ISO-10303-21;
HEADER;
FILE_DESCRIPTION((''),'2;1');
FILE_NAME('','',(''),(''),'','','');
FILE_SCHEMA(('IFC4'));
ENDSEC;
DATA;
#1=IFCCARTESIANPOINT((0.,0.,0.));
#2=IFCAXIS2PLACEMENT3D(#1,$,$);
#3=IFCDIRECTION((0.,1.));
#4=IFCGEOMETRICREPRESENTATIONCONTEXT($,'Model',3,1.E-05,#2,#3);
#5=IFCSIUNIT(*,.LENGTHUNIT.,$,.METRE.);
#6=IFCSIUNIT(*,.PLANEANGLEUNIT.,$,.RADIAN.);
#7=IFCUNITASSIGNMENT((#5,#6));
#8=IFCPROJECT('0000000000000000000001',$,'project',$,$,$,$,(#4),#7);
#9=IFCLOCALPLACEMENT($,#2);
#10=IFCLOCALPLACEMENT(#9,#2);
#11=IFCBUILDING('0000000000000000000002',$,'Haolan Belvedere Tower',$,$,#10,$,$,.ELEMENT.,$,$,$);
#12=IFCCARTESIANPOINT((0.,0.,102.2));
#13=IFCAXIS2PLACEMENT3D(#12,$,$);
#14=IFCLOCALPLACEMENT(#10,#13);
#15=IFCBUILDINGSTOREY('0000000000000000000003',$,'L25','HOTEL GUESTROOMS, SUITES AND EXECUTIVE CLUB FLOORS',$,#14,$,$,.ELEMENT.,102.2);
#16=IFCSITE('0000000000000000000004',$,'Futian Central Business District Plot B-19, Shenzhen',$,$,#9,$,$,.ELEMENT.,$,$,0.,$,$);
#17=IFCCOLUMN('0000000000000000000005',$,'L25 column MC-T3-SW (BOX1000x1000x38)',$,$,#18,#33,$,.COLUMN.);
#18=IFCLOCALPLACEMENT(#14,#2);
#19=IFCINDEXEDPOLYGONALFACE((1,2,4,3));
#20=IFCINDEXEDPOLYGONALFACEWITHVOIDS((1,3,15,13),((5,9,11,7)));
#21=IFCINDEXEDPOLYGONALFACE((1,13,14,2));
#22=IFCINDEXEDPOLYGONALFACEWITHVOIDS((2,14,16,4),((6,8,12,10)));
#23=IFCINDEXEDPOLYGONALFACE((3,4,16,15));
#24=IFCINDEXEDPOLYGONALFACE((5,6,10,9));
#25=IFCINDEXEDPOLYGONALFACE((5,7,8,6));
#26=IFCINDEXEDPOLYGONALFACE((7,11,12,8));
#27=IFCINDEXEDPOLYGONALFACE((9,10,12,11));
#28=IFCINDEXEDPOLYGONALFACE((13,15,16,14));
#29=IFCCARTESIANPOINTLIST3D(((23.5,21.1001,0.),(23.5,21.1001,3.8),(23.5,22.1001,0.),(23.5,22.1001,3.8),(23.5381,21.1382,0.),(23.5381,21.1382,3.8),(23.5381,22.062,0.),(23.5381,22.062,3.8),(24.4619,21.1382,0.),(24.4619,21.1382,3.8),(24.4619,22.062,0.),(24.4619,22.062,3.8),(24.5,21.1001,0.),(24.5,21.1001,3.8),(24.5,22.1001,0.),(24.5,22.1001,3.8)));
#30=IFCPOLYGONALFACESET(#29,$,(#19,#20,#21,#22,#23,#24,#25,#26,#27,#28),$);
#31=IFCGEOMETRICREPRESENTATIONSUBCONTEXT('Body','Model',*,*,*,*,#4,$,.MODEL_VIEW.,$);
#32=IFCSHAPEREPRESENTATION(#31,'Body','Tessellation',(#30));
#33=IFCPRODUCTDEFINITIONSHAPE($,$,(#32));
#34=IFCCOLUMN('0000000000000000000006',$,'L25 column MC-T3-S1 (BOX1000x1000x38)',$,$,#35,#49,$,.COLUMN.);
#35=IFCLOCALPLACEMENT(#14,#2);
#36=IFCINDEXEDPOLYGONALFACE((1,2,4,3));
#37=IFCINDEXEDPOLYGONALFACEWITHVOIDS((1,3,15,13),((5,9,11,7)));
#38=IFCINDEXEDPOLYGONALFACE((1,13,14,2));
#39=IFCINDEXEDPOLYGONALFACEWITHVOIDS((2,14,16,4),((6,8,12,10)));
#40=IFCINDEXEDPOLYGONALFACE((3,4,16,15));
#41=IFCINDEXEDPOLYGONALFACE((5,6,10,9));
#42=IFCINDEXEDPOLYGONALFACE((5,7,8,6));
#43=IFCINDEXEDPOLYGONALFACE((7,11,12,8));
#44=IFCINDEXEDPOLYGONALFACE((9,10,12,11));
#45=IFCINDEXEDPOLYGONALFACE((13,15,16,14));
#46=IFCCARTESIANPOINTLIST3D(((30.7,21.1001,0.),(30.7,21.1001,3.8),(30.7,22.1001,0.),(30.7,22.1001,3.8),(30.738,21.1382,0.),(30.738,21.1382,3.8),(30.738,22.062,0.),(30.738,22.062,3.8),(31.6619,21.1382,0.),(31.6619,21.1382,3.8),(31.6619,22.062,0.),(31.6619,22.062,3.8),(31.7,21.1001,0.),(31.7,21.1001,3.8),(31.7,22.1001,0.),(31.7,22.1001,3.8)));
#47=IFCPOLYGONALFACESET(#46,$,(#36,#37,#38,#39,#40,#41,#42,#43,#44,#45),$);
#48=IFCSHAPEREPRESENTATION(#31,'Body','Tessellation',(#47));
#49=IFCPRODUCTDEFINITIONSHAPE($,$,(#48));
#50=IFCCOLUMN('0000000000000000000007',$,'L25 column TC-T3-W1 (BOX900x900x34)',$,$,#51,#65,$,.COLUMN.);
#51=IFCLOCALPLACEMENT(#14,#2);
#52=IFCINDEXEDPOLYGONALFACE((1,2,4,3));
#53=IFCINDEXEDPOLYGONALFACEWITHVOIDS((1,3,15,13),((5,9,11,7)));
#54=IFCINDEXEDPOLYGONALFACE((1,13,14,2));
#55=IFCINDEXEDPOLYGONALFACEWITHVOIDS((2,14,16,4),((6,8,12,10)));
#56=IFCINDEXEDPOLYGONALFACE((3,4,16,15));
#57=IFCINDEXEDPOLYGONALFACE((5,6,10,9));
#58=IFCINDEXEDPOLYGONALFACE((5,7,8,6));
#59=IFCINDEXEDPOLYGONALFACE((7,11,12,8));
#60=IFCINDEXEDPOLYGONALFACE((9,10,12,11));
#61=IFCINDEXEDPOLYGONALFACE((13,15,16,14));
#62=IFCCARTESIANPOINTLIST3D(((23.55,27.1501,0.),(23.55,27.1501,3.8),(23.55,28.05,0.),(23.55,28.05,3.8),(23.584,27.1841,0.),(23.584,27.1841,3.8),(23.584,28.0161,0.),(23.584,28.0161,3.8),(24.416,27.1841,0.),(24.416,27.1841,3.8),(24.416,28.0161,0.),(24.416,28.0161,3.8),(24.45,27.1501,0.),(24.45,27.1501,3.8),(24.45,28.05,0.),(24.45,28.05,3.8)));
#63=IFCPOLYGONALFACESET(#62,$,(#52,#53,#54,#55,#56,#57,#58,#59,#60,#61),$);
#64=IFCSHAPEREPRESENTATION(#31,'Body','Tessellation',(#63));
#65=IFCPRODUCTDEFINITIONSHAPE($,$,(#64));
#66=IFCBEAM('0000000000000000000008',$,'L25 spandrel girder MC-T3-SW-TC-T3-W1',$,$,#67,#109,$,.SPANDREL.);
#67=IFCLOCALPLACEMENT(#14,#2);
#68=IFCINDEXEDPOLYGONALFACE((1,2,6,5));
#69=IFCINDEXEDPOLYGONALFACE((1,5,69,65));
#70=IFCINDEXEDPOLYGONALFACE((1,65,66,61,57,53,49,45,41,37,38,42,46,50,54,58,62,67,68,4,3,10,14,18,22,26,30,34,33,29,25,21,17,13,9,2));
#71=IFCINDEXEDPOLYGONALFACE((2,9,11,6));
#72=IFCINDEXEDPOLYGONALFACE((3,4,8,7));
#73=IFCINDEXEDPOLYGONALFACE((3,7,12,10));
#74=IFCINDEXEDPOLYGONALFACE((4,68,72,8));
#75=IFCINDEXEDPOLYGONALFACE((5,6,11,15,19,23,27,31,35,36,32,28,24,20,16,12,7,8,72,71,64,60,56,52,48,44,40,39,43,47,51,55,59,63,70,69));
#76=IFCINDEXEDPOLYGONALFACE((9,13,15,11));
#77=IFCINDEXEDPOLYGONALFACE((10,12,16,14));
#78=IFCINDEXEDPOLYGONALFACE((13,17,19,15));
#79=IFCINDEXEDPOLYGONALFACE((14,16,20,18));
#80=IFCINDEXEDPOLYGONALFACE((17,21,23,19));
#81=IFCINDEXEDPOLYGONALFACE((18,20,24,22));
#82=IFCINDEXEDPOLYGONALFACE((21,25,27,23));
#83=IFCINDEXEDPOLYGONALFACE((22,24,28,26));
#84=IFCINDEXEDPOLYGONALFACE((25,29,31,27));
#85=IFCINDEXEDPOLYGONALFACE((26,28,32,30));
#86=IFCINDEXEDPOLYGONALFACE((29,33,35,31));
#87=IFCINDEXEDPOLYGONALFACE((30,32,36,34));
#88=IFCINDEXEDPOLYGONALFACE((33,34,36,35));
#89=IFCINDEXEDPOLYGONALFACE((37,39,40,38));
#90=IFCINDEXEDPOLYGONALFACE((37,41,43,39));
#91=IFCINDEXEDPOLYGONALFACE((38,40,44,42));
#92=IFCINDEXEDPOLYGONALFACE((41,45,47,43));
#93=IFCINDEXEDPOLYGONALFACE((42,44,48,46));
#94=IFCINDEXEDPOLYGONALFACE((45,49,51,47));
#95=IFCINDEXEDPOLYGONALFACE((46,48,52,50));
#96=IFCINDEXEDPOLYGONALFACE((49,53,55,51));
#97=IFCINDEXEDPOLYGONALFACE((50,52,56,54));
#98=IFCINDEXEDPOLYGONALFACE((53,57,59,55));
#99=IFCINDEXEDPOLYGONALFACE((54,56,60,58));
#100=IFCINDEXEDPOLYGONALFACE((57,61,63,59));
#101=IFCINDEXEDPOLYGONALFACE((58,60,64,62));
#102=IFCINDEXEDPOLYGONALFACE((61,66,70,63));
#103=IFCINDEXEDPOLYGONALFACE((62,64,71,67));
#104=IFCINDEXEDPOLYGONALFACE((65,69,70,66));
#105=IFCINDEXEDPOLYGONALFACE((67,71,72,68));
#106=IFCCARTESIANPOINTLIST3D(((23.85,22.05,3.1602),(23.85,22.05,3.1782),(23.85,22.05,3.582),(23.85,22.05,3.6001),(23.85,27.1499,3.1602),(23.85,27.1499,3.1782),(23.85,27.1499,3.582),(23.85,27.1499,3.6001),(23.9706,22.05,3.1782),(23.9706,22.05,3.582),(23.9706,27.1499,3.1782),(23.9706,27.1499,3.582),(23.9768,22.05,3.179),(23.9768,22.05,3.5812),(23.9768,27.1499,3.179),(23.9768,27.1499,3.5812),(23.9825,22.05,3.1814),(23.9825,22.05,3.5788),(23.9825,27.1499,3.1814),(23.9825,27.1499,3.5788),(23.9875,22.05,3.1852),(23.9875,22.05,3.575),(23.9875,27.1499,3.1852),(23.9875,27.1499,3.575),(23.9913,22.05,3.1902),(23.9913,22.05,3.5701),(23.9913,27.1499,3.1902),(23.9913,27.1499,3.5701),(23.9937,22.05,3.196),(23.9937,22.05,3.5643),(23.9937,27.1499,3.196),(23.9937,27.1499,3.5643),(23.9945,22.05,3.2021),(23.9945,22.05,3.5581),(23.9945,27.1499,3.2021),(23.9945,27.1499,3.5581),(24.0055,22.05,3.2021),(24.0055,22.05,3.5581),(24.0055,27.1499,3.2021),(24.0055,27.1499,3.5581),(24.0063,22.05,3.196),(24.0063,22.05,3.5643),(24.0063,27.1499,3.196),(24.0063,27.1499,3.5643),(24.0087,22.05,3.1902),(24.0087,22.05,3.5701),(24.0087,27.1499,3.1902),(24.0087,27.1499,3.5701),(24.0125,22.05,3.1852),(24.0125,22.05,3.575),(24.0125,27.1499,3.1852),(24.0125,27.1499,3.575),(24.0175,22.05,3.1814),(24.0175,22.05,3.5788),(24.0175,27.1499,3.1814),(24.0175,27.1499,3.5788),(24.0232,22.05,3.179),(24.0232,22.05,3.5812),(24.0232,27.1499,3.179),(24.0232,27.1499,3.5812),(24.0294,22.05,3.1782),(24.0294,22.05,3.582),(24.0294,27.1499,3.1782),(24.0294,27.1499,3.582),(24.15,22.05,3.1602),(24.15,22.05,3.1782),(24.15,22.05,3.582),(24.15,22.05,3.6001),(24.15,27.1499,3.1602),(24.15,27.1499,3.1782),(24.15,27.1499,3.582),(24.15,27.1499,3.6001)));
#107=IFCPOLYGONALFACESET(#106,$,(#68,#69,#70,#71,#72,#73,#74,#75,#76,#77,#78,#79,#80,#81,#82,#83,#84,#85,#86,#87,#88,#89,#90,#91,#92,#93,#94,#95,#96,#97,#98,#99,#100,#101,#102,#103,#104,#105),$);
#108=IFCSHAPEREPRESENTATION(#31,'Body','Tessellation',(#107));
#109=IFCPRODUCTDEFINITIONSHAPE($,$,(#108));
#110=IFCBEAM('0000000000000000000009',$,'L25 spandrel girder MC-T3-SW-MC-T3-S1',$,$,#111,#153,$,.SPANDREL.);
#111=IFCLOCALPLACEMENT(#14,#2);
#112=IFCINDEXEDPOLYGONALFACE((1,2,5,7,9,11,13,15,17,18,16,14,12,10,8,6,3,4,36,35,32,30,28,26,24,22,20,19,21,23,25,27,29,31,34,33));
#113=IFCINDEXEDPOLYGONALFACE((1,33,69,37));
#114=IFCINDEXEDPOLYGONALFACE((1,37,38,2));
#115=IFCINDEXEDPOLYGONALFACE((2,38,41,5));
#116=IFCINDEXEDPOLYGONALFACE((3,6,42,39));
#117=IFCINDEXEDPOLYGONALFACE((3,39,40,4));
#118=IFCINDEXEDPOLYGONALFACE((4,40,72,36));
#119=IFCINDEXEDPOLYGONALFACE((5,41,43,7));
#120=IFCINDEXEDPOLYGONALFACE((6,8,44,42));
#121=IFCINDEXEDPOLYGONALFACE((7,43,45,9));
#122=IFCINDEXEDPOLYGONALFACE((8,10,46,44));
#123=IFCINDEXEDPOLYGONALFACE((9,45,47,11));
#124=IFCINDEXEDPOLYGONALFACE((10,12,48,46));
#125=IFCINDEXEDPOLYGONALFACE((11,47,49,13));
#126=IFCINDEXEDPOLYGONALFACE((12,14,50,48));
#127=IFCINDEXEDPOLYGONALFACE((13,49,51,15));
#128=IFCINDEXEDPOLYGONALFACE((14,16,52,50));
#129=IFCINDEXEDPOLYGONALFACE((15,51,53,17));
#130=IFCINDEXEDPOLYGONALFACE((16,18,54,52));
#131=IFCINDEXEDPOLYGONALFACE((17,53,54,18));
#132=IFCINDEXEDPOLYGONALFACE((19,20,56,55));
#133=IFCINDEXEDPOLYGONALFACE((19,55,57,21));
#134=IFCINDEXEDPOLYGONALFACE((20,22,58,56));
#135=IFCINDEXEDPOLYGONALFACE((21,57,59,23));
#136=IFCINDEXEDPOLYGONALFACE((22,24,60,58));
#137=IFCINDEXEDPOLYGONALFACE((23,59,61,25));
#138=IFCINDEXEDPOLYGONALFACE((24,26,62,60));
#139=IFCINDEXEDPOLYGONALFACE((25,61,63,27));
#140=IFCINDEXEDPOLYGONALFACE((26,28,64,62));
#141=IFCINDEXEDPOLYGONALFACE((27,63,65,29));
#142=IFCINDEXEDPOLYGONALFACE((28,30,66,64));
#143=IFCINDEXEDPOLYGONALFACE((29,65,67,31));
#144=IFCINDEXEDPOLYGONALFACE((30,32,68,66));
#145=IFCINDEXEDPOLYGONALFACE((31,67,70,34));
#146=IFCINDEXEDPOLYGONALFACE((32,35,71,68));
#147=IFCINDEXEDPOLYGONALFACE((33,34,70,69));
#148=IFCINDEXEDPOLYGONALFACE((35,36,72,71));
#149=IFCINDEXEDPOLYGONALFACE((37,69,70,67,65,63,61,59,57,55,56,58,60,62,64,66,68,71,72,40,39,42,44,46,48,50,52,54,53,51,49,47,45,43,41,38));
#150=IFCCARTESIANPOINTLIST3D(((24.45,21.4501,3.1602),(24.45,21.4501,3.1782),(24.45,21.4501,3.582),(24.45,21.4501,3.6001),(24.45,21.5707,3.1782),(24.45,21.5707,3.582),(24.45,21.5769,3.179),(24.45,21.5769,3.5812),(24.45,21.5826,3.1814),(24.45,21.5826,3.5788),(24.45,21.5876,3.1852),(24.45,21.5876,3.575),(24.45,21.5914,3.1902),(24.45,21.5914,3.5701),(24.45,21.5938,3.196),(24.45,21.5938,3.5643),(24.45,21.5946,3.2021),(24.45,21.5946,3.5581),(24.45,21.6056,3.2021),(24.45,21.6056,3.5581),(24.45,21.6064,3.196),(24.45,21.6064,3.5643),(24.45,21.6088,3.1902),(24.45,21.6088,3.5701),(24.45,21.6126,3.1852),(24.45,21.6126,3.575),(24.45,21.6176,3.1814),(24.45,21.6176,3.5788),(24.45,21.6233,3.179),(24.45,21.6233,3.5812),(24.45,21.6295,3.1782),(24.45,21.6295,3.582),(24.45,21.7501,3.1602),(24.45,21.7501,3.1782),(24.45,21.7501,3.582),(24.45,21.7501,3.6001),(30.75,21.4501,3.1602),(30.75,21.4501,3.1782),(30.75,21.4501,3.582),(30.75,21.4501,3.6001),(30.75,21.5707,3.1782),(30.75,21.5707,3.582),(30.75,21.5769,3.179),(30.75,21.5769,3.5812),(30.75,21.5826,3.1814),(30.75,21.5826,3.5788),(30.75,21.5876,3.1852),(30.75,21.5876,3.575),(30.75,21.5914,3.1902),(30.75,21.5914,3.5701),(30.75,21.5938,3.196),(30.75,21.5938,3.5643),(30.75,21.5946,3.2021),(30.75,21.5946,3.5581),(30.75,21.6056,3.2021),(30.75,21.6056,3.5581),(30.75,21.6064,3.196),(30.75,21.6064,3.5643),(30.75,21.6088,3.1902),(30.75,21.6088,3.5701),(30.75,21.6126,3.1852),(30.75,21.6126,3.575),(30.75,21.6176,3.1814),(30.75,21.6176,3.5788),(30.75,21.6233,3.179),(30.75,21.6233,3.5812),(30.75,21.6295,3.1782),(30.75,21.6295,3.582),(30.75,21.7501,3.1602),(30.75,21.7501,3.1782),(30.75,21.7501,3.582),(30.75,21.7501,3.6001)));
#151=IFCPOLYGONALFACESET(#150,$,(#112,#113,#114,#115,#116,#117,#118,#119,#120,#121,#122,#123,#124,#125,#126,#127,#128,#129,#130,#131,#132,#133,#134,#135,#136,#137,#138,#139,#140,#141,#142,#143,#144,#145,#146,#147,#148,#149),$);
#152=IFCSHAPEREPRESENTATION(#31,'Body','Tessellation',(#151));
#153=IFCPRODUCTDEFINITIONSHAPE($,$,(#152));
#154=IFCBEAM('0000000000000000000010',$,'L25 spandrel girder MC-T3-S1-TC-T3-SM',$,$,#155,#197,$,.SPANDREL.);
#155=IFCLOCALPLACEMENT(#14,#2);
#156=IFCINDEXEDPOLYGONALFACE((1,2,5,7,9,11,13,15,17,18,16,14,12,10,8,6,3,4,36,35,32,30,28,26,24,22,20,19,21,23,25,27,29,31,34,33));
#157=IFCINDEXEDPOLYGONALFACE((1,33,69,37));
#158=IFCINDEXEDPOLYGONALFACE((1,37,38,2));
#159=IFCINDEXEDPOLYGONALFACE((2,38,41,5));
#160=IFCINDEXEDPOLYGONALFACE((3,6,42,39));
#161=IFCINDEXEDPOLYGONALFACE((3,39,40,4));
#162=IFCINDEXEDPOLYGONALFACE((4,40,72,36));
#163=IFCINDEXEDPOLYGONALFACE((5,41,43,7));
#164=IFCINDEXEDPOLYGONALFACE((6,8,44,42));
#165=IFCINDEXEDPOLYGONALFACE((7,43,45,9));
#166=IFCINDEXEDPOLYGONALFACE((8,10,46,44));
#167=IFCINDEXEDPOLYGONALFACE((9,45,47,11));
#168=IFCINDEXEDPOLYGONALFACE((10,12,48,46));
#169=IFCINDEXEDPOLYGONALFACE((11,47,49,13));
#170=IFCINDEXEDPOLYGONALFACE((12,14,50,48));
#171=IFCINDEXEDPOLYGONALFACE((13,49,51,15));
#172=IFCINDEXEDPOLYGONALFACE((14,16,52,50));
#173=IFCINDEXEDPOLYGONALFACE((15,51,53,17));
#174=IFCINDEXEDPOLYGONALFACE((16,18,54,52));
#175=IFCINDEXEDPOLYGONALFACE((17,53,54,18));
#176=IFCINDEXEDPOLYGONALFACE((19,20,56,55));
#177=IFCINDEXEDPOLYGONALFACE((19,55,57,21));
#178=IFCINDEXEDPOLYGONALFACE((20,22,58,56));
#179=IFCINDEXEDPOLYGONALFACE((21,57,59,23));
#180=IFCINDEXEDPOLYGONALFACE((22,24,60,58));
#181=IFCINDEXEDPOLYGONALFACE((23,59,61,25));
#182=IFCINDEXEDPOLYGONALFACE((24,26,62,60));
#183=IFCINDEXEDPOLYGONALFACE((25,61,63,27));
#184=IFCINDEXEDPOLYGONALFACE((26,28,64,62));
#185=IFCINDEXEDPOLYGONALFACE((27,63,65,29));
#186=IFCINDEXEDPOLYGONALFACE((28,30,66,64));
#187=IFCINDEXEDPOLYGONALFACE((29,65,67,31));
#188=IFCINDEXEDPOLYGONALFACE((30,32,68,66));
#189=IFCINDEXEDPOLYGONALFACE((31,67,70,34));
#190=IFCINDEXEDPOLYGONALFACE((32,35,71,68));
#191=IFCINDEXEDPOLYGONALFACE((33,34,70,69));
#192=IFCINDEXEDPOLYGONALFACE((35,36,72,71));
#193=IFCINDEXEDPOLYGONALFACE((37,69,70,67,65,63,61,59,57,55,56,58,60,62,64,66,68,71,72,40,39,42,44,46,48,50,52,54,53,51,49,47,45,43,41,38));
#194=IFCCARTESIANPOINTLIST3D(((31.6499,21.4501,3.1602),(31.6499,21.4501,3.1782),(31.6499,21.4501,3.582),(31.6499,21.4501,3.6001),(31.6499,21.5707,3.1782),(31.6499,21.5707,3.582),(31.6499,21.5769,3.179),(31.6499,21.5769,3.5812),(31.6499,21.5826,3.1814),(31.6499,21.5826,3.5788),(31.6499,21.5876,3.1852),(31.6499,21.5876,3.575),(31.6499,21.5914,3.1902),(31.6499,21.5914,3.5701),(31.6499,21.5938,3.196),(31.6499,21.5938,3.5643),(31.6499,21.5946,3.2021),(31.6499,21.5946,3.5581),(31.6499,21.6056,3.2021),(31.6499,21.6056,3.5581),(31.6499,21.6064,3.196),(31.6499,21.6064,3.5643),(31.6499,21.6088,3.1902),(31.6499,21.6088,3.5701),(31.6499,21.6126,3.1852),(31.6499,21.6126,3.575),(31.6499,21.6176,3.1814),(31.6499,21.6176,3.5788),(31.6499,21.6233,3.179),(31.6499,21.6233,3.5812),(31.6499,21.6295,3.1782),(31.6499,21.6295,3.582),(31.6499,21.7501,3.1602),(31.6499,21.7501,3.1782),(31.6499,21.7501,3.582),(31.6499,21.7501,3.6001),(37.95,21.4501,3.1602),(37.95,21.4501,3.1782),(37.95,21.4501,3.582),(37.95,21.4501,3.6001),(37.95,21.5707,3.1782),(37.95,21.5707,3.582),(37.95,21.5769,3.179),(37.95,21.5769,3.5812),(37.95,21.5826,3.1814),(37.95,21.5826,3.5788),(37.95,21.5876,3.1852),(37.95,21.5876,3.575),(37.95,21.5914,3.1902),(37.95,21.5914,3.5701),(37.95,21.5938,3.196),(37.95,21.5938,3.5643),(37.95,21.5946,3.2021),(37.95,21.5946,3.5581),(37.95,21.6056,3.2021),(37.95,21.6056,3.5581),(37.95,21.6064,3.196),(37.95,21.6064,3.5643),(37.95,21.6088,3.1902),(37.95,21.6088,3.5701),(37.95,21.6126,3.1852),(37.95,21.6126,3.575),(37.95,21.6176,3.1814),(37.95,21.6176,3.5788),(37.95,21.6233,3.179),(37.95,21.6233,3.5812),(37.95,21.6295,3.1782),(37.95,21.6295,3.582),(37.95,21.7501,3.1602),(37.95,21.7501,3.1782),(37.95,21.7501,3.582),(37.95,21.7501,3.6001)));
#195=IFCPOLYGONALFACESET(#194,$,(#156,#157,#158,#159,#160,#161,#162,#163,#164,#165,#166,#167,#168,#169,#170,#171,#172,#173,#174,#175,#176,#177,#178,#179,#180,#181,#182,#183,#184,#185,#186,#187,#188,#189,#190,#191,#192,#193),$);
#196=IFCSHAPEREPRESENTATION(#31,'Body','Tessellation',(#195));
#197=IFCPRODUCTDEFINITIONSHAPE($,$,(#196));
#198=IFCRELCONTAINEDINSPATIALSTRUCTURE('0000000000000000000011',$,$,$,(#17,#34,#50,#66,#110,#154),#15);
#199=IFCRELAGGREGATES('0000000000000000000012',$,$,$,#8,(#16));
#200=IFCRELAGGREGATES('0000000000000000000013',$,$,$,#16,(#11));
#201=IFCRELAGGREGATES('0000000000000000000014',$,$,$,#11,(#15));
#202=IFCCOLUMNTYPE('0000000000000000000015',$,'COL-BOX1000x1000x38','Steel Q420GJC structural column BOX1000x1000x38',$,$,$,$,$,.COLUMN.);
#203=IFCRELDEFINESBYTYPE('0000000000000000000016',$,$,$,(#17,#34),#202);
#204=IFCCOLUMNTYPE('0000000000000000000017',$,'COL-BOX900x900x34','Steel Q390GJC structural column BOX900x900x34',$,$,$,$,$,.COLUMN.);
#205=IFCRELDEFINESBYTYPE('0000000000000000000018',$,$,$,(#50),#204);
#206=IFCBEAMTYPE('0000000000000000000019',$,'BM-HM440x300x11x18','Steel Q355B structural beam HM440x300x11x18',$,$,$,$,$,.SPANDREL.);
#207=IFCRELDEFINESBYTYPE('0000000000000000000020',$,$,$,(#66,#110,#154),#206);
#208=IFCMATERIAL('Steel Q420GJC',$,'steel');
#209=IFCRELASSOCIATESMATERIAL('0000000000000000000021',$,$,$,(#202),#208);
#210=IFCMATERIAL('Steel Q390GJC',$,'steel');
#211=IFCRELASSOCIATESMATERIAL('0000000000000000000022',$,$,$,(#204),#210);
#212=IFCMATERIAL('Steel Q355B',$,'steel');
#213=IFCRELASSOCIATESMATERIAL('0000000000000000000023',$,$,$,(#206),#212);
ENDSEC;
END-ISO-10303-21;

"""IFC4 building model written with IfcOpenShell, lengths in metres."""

from ifc_helpers import new_model, si_unit, direction, frame, origin, origin_2d, place, context, subcontext, project, spatial, hollow_rectangle, i_section, extrude, material, material_profile, profile_set, type_object, element, save


model = new_model("IFC4")

# Units and contexts
model_context = context("Model", 3, precision=1e-05, world=origin(), true_north=direction((0.0, 1.0)))
body_context = subcontext(model_context, "Body", "Model", "MODEL_VIEW")
ifc_project = project(units=[si_unit("LENGTHUNIT", "METRE"), si_unit("PLANEANGLEUNIT", "RADIAN")], contexts=[model_context])

# Site, building, storey
site_placement = place(None, origin())
site = spatial("IfcSite", under=ifc_project, at=site_placement, Name="Futian Central Business District Plot B-19, Shenzhen", CompositionType="ELEMENT", RefElevation=0.0)
building_placement = place(site_placement, origin())
building = spatial("IfcBuilding", under=site, at=building_placement, Name="Haolan Belvedere Tower", CompositionType="ELEMENT")
storey_placement = place(building_placement, frame((0.0, 0.0, 102.2)))
storey = spatial("IfcBuildingStorey", under=building, at=storey_placement, Name="L25", Description="HOTEL GUESTROOMS, SUITES AND EXECUTIVE CLUB FLOORS", CompositionType="ELEMENT", Elevation=102.2)

# Columns
ifc_material_1 = material(Name="Steel Q420GJC", Category="steel")
ifc_material_profile_1 = material_profile(ifc_material_1, hollow_rectangle(XDim=1.0, YDim=1.0, WallThickness=0.0381, at=origin_2d()), Name="Steel Q420GJC")
ifc_profile_set_1 = profile_set([ifc_material_profile_1], Name="Steel Q420GJC")
column_type_1 = type_object("IfcColumnType", Name="COL-BOX1000x1000x38", Description="Steel Q420GJC structural column BOX1000x1000x38", PredefinedType="COLUMN", material=ifc_profile_set_1)
for number, where, z_axis, x_axis, name in (
    (1, (24.0, 21.6001, 0.0), (0.0, 0.0, 1.0), (1.0, 0.0, 0.0), "L25 column MC-T3-SW (BOX1000x1000x38)"),
    (2, (31.2, 21.6001, 0.0), (0.0, 0.0, 1.0), (1.0, 0.0, 0.0), "L25 column MC-T3-S1 (BOX1000x1000x38)"),
):
    element("IfcColumn", number, at=place(storey_placement, frame(where, z_axis=z_axis, x_axis=x_axis)), inside=storey, type_object=column_type_1, Name=name, PredefinedType="COLUMN", context=body_context, shape_type="SweptSolid", body=[
        extrude(hollow_rectangle(XDim=1.0, YDim=1.0, WallThickness=0.0381, at=origin_2d()), origin(), (0.0, 0.0, 1.0), 3.8),
    ])
ifc_material_2 = material(Name="Steel Q390GJC", Category="steel")
ifc_material_profile_2 = material_profile(ifc_material_2, hollow_rectangle(XDim=0.8999, YDim=0.8999, WallThickness=0.0339, at=origin_2d()), Name="Steel Q390GJC")
ifc_profile_set_2 = profile_set([ifc_material_profile_2], Name="Steel Q390GJC")
column_type_2 = type_object("IfcColumnType", Name="COL-BOX900x900x34", Description="Steel Q390GJC structural column BOX900x900x34", PredefinedType="COLUMN", material=ifc_profile_set_2)
column_placement = place(storey_placement, frame((24.0, 27.6001, 0.0), z_axis=(0.0, 0.0, 1.0), x_axis=(1.0, 0.0, 0.0)))
element("IfcColumn", 3, at=column_placement, inside=storey, type_object=column_type_2, Name="L25 column TC-T3-W1 (BOX900x900x34)", PredefinedType="COLUMN", context=body_context, shape_type="SweptSolid", body=[
    extrude(hollow_rectangle(XDim=0.8999, YDim=0.8999, WallThickness=0.0339, at=origin_2d()), origin(), (0.0, 0.0, 1.0), 3.8),
])

# Beams
ifc_material_3 = material(Name="Steel Q355B", Category="steel")
ifc_material_profile_3 = material_profile(ifc_material_3, i_section(OverallWidth=0.3, OverallDepth=0.4399, WebThickness=0.011, FlangeThickness=0.0181, FilletRadius=0.0239, at=origin_2d()), Name="Steel Q355B")
ifc_profile_set_3 = profile_set([ifc_material_profile_3], Name="Steel Q355B")
beam_type_1 = type_object("IfcBeamType", Name="BM-HM440x300x11x18", Description="Steel Q355B structural beam HM440x300x11x18", PredefinedType="SPANDREL", material=ifc_profile_set_3)
beam_1_placement = place(storey_placement, frame((24.0, 22.05, 3.3801), z_axis=(0.0, 1.0, 0.0), x_axis=(-1.0, 0.0, 0.0)))
element("IfcBeam", 4, at=beam_1_placement, inside=storey, type_object=beam_type_1, Name="L25 spandrel girder MC-T3-SW-TC-T3-W1", PredefinedType="SPANDREL", context=body_context, shape_type="SweptSolid", body=[
    extrude(i_section(OverallWidth=0.3, OverallDepth=0.4399, WebThickness=0.011, FlangeThickness=0.0181, FilletRadius=0.0239, at=origin_2d()), origin(), (0.0, 0.0, 1.0), 5.0999),
])
for number, where, z_axis, x_axis, name in (
    (5, (24.45, 21.6001, 3.3801), (1.0, 0.0, 0.0), (0.0, 1.0, 0.0), "L25 spandrel girder MC-T3-SW-MC-T3-S1"),
    (6, (31.6499, 21.6001, 3.3801), (1.0, 0.0, 0.0), (0.0, 1.0, 0.0), "L25 spandrel girder MC-T3-S1-TC-T3-SM"),
):
    element("IfcBeam", number, at=place(storey_placement, frame(where, z_axis=z_axis, x_axis=x_axis)), inside=storey, type_object=beam_type_1, Name=name, PredefinedType="SPANDREL", context=body_context, shape_type="SweptSolid", body=[
        extrude(i_section(OverallWidth=0.3, OverallDepth=0.4399, WebThickness=0.011, FlangeThickness=0.0181, FilletRadius=0.0239, at=origin_2d()), origin(), (0.0, 0.0, 1.0), 6.3),
    ])

save(model, "model.ifc")
